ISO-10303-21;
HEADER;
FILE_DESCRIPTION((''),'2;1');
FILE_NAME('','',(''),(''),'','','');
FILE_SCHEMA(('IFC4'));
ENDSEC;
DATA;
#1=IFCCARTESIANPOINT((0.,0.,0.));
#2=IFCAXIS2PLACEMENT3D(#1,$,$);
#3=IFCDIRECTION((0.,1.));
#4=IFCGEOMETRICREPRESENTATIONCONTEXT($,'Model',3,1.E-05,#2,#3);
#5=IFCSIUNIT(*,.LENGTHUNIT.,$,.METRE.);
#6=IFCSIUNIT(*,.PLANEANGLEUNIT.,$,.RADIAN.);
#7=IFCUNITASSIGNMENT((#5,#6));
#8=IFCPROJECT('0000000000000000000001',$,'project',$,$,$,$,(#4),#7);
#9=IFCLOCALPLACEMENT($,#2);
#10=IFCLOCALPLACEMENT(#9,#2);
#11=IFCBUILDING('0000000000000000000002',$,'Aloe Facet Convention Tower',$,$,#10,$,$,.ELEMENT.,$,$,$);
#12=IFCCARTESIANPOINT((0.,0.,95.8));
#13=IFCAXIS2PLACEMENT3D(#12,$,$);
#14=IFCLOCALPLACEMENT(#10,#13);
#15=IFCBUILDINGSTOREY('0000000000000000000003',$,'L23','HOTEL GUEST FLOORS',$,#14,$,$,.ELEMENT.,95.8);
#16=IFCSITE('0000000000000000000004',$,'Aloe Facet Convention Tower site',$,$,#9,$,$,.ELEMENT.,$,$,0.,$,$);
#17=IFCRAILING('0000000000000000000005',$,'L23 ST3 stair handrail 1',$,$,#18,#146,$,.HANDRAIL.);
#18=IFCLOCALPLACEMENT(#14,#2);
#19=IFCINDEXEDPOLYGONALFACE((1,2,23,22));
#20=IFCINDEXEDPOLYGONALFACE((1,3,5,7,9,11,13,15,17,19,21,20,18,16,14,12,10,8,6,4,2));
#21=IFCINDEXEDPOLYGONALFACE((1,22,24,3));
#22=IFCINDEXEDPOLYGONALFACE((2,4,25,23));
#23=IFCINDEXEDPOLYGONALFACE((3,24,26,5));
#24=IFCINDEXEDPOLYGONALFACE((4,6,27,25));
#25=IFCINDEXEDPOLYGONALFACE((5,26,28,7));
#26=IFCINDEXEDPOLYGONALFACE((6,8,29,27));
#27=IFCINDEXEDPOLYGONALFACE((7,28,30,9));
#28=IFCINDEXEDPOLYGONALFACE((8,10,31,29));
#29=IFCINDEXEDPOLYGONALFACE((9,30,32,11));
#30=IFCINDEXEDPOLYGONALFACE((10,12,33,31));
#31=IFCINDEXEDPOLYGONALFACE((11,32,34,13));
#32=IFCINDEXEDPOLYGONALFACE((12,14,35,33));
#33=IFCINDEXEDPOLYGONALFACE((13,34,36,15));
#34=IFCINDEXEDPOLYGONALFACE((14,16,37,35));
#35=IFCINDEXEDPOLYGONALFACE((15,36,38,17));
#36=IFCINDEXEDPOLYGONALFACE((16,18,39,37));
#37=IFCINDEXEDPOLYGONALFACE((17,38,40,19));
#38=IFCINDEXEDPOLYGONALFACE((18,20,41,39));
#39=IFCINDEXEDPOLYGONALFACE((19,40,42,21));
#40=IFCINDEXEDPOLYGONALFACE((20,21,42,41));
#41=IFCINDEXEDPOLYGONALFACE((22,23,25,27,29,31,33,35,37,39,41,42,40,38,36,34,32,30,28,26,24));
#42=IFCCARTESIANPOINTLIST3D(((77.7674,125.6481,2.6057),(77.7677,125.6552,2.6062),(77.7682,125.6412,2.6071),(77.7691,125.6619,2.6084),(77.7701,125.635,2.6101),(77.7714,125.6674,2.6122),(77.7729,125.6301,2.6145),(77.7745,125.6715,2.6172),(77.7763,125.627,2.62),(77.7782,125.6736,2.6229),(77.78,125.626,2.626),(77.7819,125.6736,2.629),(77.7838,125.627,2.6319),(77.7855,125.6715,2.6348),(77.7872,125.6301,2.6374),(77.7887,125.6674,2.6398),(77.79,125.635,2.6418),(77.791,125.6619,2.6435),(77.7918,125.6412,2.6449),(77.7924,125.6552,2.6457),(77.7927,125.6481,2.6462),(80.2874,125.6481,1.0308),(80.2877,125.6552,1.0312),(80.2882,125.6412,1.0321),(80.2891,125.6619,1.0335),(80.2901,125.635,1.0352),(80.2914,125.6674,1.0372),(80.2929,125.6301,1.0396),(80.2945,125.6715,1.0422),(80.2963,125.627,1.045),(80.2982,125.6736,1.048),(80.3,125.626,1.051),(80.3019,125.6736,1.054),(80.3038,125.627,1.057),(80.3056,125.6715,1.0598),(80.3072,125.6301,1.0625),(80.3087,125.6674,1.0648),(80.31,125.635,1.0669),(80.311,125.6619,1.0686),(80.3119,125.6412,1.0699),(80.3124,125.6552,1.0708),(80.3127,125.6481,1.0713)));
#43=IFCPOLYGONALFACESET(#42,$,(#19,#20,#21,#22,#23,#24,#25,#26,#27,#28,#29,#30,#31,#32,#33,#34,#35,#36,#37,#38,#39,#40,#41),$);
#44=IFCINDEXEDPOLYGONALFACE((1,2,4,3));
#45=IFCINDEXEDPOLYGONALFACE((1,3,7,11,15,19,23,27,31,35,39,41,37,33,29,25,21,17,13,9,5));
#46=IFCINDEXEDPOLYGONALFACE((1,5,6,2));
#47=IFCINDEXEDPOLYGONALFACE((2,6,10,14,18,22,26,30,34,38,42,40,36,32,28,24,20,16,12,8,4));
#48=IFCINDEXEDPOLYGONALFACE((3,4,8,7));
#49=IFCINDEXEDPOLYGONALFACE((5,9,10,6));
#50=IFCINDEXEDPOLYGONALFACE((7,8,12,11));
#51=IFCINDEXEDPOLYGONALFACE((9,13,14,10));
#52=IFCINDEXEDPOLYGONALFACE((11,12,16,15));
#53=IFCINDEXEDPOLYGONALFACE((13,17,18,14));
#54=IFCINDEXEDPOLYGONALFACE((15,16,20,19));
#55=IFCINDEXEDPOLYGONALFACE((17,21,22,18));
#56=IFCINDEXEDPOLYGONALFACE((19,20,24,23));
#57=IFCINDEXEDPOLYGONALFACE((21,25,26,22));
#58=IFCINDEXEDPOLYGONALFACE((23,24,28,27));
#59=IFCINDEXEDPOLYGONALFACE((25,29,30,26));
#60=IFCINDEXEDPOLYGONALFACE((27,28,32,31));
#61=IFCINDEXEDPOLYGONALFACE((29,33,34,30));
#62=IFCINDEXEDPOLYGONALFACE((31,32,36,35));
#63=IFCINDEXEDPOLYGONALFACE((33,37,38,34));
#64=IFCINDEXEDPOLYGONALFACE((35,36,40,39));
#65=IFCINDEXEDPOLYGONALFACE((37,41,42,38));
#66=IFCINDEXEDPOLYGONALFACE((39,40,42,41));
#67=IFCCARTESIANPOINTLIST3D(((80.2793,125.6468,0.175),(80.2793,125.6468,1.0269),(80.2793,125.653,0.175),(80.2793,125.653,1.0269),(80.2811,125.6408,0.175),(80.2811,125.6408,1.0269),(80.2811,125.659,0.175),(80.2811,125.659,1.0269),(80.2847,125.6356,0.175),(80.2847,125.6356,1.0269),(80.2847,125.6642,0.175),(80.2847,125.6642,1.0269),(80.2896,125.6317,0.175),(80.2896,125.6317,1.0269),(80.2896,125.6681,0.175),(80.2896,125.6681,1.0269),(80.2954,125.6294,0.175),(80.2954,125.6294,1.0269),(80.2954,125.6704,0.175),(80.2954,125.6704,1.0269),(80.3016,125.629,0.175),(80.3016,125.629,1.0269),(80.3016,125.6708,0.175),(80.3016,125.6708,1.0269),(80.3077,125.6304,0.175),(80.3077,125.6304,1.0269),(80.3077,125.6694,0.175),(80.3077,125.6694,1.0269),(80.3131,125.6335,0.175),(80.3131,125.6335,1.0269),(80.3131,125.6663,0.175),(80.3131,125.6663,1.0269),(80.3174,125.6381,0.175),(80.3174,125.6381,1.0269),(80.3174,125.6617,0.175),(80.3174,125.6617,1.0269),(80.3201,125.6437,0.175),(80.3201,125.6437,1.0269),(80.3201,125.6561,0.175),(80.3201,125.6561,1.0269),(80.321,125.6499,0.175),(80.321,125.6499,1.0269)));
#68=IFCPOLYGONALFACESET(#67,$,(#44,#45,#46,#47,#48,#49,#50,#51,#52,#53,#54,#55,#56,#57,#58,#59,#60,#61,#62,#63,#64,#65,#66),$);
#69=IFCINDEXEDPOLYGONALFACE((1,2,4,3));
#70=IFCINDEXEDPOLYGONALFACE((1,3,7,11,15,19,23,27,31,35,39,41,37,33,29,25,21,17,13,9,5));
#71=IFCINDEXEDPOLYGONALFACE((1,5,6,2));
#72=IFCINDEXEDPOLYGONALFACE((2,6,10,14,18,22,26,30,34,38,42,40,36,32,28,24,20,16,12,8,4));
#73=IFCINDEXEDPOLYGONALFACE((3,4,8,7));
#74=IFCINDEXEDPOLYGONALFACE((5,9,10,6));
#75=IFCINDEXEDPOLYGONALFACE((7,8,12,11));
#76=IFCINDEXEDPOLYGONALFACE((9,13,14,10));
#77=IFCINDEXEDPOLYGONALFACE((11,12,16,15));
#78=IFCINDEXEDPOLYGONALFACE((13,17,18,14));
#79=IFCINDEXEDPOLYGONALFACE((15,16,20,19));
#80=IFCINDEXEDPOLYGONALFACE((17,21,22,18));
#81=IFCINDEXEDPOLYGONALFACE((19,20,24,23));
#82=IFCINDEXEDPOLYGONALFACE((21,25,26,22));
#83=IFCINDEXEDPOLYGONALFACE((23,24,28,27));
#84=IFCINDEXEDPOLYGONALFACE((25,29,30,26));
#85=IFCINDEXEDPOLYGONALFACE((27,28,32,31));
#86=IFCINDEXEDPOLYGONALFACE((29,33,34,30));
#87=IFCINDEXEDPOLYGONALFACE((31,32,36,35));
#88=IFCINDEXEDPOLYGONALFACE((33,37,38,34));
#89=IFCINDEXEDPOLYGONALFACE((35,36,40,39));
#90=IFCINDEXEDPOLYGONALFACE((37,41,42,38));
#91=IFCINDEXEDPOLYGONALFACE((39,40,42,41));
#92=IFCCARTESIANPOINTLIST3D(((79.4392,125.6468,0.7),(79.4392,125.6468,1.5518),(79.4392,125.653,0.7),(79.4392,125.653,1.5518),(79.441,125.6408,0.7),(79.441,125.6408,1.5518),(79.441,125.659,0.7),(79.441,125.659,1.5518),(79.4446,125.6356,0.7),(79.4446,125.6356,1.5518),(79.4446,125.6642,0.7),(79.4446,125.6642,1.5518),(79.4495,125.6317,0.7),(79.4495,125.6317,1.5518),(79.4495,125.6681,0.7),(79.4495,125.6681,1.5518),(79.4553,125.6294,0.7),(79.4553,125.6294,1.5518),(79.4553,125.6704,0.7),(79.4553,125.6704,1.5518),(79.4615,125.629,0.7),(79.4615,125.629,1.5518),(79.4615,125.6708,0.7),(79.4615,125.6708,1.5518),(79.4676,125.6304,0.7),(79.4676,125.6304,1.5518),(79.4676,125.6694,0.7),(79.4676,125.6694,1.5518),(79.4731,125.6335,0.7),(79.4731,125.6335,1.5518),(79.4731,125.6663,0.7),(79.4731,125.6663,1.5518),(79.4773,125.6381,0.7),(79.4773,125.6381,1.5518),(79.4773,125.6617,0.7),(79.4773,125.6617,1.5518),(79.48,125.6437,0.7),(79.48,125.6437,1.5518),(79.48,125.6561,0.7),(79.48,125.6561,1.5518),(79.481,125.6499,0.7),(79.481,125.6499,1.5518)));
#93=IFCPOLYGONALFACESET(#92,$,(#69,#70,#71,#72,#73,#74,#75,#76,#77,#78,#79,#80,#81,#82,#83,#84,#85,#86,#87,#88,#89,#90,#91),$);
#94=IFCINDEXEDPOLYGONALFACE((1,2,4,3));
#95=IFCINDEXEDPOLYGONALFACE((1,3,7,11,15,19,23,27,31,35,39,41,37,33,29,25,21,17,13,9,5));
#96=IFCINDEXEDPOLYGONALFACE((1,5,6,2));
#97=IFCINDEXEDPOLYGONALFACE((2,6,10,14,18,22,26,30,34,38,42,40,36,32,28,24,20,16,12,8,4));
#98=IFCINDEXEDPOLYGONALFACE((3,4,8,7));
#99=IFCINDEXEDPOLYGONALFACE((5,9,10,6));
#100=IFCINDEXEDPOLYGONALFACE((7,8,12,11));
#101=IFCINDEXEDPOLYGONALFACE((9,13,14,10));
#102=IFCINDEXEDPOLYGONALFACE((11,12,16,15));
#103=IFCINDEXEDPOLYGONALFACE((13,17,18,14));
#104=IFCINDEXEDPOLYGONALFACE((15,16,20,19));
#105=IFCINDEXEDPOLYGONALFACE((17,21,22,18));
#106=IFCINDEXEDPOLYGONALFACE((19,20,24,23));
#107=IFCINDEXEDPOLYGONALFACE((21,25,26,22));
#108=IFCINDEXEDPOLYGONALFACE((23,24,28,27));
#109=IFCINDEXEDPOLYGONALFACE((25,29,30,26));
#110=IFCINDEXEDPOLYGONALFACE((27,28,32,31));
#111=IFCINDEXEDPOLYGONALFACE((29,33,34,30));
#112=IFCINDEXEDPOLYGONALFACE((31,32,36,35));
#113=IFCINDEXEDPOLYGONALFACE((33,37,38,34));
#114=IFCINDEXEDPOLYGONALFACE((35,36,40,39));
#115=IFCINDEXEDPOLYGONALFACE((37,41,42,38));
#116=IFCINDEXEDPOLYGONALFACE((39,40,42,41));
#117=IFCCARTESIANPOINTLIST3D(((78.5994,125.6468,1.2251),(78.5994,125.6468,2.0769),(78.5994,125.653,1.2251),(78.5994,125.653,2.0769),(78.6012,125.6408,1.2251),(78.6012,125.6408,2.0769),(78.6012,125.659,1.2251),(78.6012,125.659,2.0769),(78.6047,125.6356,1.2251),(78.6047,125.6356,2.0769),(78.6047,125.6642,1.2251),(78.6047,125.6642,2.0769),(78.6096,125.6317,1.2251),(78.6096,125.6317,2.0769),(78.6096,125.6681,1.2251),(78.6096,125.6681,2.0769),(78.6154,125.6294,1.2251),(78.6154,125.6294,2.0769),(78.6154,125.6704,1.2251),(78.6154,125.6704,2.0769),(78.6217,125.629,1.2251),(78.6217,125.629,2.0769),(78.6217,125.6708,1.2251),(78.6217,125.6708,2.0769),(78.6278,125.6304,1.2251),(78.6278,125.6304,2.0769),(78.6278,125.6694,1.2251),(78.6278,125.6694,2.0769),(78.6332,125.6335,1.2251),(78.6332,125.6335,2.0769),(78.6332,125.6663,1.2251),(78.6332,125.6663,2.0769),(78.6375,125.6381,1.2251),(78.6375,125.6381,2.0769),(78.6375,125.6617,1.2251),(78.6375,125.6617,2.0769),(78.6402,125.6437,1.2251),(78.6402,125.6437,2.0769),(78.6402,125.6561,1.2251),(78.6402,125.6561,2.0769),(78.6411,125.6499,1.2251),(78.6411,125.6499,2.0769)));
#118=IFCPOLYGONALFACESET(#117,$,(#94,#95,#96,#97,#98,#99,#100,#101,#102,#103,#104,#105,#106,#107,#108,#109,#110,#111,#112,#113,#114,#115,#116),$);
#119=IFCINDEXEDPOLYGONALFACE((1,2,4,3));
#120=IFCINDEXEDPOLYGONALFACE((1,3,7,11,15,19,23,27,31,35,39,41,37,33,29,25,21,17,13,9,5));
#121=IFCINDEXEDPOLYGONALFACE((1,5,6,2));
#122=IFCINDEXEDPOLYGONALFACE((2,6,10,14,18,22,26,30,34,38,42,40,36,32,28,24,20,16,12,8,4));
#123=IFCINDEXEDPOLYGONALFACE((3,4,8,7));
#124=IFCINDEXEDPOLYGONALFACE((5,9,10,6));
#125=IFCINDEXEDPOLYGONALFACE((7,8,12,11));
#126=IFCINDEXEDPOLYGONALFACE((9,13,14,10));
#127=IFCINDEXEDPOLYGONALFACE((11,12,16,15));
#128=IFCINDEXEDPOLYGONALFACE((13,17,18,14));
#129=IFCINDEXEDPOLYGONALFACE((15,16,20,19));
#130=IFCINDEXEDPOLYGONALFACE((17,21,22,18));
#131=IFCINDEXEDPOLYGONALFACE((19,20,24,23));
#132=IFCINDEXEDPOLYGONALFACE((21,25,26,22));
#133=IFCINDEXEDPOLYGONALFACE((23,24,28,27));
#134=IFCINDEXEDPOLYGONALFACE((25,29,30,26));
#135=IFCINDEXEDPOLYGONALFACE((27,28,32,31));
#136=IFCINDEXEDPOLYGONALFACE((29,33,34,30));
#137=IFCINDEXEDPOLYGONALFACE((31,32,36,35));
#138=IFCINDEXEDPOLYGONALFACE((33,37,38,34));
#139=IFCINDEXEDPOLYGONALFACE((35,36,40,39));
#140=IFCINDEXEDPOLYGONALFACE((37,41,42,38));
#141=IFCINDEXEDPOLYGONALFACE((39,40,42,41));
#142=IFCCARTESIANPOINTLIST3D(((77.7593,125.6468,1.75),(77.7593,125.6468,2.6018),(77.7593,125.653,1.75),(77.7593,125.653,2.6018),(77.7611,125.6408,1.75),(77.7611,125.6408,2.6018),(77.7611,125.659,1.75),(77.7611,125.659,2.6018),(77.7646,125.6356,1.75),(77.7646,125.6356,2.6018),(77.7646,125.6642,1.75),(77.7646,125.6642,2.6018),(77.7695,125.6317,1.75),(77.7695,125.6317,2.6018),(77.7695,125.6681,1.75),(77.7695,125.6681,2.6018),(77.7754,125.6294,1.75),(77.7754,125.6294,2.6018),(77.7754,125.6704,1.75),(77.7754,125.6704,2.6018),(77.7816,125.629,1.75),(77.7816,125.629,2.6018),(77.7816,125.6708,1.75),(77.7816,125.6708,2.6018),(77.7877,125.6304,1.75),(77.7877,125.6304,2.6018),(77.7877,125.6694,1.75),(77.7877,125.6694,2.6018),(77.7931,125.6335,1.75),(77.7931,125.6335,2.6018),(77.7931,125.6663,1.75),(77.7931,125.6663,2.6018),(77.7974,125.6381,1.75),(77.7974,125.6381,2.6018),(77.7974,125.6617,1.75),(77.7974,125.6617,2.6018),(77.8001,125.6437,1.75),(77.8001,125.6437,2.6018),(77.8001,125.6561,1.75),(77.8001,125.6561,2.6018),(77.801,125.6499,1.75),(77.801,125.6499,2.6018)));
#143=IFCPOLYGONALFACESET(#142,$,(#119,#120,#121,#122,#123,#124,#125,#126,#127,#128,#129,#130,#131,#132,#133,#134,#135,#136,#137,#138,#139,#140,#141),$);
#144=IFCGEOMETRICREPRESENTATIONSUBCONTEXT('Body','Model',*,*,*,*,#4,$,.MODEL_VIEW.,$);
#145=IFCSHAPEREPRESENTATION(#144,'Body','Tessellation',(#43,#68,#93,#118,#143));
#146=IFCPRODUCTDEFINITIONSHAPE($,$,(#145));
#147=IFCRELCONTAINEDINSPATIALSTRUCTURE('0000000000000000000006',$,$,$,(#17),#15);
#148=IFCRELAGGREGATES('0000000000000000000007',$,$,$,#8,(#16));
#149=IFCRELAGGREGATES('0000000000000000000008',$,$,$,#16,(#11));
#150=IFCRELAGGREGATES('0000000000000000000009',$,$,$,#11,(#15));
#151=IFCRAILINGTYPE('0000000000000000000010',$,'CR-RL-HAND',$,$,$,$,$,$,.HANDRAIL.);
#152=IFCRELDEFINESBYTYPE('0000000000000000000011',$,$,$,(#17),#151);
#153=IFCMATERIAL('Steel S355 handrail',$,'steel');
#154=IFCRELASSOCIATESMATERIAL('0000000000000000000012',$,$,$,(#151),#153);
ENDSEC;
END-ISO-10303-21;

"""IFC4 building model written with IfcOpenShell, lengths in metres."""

from ifc_helpers import new_model, si_unit, direction, frame, origin, origin_2d, place, context, subcontext, project, spatial, circle, extrude, material, type_object, element, save


model = new_model("IFC4")

# Units and contexts
model_context = context("Model", 3, precision=1e-05, world=origin(), true_north=direction((0.0, 1.0)))
body_context = subcontext(model_context, "Body", "Model", "MODEL_VIEW")
ifc_project = project(units=[si_unit("LENGTHUNIT", "METRE"), si_unit("PLANEANGLEUNIT", "RADIAN")], contexts=[model_context])

# Site, building, storey
site_placement = place(None, origin())
site = spatial("IfcSite", under=ifc_project, at=site_placement, Name="Aloe Facet Convention Tower site", CompositionType="ELEMENT", RefElevation=0.0)
building_placement = place(site_placement, origin())
building = spatial("IfcBuilding", under=site, at=building_placement, Name="Aloe Facet Convention Tower", CompositionType="ELEMENT")
storey_placement = place(building_placement, frame((0.0, 0.0, 95.8)))
storey = spatial("IfcBuildingStorey", under=building, at=storey_placement, Name="L23", Description="HOTEL GUEST FLOORS", CompositionType="ELEMENT", Elevation=95.8)

# Railing
ifc_material_1 = material(Name="Steel S355 handrail", Category="steel")
railing_type_1 = type_object("IfcRailingType", Name="CR-RL-HAND", PredefinedType="HANDRAIL", material=ifc_material_1)
railing_1_placement = place(storey_placement, frame((80.3, 125.6499, 0.175)))
element("IfcRailing", 1, at=railing_1_placement, inside=storey, type_object=railing_type_1, Name="L23 ST3 stair handrail 1", PredefinedType="HANDRAIL", context=body_context, shape_type="SweptSolid", body=[
    extrude(circle(Radius=0.0239, at=origin_2d()), frame((0.0, 0.0, 0.876), z_axis=(-0.848008, 0.0, 0.529984), x_axis=(0.0, -1.0, 0.0)), (0.0, 0.0, 1.0), 2.9717),
    extrude(circle(Radius=0.021, at=origin_2d()), origin(), (0.0, 0.0, 1.0), 0.8518),
    extrude(circle(Radius=0.021, at=origin_2d()), frame((-0.8401, 0.0, 0.5249)), (0.0, 0.0, 1.0), 0.8518),
    extrude(circle(Radius=0.021, at=origin_2d()), frame((-1.6799, 0.0, 1.05)), (0.0, 0.0, 1.0), 0.8518),
    extrude(circle(Radius=0.021, at=origin_2d()), frame((-2.52, 0.0, 1.575)), (0.0, 0.0, 1.0), 0.8518),
])

save(model, "model.ifc")
